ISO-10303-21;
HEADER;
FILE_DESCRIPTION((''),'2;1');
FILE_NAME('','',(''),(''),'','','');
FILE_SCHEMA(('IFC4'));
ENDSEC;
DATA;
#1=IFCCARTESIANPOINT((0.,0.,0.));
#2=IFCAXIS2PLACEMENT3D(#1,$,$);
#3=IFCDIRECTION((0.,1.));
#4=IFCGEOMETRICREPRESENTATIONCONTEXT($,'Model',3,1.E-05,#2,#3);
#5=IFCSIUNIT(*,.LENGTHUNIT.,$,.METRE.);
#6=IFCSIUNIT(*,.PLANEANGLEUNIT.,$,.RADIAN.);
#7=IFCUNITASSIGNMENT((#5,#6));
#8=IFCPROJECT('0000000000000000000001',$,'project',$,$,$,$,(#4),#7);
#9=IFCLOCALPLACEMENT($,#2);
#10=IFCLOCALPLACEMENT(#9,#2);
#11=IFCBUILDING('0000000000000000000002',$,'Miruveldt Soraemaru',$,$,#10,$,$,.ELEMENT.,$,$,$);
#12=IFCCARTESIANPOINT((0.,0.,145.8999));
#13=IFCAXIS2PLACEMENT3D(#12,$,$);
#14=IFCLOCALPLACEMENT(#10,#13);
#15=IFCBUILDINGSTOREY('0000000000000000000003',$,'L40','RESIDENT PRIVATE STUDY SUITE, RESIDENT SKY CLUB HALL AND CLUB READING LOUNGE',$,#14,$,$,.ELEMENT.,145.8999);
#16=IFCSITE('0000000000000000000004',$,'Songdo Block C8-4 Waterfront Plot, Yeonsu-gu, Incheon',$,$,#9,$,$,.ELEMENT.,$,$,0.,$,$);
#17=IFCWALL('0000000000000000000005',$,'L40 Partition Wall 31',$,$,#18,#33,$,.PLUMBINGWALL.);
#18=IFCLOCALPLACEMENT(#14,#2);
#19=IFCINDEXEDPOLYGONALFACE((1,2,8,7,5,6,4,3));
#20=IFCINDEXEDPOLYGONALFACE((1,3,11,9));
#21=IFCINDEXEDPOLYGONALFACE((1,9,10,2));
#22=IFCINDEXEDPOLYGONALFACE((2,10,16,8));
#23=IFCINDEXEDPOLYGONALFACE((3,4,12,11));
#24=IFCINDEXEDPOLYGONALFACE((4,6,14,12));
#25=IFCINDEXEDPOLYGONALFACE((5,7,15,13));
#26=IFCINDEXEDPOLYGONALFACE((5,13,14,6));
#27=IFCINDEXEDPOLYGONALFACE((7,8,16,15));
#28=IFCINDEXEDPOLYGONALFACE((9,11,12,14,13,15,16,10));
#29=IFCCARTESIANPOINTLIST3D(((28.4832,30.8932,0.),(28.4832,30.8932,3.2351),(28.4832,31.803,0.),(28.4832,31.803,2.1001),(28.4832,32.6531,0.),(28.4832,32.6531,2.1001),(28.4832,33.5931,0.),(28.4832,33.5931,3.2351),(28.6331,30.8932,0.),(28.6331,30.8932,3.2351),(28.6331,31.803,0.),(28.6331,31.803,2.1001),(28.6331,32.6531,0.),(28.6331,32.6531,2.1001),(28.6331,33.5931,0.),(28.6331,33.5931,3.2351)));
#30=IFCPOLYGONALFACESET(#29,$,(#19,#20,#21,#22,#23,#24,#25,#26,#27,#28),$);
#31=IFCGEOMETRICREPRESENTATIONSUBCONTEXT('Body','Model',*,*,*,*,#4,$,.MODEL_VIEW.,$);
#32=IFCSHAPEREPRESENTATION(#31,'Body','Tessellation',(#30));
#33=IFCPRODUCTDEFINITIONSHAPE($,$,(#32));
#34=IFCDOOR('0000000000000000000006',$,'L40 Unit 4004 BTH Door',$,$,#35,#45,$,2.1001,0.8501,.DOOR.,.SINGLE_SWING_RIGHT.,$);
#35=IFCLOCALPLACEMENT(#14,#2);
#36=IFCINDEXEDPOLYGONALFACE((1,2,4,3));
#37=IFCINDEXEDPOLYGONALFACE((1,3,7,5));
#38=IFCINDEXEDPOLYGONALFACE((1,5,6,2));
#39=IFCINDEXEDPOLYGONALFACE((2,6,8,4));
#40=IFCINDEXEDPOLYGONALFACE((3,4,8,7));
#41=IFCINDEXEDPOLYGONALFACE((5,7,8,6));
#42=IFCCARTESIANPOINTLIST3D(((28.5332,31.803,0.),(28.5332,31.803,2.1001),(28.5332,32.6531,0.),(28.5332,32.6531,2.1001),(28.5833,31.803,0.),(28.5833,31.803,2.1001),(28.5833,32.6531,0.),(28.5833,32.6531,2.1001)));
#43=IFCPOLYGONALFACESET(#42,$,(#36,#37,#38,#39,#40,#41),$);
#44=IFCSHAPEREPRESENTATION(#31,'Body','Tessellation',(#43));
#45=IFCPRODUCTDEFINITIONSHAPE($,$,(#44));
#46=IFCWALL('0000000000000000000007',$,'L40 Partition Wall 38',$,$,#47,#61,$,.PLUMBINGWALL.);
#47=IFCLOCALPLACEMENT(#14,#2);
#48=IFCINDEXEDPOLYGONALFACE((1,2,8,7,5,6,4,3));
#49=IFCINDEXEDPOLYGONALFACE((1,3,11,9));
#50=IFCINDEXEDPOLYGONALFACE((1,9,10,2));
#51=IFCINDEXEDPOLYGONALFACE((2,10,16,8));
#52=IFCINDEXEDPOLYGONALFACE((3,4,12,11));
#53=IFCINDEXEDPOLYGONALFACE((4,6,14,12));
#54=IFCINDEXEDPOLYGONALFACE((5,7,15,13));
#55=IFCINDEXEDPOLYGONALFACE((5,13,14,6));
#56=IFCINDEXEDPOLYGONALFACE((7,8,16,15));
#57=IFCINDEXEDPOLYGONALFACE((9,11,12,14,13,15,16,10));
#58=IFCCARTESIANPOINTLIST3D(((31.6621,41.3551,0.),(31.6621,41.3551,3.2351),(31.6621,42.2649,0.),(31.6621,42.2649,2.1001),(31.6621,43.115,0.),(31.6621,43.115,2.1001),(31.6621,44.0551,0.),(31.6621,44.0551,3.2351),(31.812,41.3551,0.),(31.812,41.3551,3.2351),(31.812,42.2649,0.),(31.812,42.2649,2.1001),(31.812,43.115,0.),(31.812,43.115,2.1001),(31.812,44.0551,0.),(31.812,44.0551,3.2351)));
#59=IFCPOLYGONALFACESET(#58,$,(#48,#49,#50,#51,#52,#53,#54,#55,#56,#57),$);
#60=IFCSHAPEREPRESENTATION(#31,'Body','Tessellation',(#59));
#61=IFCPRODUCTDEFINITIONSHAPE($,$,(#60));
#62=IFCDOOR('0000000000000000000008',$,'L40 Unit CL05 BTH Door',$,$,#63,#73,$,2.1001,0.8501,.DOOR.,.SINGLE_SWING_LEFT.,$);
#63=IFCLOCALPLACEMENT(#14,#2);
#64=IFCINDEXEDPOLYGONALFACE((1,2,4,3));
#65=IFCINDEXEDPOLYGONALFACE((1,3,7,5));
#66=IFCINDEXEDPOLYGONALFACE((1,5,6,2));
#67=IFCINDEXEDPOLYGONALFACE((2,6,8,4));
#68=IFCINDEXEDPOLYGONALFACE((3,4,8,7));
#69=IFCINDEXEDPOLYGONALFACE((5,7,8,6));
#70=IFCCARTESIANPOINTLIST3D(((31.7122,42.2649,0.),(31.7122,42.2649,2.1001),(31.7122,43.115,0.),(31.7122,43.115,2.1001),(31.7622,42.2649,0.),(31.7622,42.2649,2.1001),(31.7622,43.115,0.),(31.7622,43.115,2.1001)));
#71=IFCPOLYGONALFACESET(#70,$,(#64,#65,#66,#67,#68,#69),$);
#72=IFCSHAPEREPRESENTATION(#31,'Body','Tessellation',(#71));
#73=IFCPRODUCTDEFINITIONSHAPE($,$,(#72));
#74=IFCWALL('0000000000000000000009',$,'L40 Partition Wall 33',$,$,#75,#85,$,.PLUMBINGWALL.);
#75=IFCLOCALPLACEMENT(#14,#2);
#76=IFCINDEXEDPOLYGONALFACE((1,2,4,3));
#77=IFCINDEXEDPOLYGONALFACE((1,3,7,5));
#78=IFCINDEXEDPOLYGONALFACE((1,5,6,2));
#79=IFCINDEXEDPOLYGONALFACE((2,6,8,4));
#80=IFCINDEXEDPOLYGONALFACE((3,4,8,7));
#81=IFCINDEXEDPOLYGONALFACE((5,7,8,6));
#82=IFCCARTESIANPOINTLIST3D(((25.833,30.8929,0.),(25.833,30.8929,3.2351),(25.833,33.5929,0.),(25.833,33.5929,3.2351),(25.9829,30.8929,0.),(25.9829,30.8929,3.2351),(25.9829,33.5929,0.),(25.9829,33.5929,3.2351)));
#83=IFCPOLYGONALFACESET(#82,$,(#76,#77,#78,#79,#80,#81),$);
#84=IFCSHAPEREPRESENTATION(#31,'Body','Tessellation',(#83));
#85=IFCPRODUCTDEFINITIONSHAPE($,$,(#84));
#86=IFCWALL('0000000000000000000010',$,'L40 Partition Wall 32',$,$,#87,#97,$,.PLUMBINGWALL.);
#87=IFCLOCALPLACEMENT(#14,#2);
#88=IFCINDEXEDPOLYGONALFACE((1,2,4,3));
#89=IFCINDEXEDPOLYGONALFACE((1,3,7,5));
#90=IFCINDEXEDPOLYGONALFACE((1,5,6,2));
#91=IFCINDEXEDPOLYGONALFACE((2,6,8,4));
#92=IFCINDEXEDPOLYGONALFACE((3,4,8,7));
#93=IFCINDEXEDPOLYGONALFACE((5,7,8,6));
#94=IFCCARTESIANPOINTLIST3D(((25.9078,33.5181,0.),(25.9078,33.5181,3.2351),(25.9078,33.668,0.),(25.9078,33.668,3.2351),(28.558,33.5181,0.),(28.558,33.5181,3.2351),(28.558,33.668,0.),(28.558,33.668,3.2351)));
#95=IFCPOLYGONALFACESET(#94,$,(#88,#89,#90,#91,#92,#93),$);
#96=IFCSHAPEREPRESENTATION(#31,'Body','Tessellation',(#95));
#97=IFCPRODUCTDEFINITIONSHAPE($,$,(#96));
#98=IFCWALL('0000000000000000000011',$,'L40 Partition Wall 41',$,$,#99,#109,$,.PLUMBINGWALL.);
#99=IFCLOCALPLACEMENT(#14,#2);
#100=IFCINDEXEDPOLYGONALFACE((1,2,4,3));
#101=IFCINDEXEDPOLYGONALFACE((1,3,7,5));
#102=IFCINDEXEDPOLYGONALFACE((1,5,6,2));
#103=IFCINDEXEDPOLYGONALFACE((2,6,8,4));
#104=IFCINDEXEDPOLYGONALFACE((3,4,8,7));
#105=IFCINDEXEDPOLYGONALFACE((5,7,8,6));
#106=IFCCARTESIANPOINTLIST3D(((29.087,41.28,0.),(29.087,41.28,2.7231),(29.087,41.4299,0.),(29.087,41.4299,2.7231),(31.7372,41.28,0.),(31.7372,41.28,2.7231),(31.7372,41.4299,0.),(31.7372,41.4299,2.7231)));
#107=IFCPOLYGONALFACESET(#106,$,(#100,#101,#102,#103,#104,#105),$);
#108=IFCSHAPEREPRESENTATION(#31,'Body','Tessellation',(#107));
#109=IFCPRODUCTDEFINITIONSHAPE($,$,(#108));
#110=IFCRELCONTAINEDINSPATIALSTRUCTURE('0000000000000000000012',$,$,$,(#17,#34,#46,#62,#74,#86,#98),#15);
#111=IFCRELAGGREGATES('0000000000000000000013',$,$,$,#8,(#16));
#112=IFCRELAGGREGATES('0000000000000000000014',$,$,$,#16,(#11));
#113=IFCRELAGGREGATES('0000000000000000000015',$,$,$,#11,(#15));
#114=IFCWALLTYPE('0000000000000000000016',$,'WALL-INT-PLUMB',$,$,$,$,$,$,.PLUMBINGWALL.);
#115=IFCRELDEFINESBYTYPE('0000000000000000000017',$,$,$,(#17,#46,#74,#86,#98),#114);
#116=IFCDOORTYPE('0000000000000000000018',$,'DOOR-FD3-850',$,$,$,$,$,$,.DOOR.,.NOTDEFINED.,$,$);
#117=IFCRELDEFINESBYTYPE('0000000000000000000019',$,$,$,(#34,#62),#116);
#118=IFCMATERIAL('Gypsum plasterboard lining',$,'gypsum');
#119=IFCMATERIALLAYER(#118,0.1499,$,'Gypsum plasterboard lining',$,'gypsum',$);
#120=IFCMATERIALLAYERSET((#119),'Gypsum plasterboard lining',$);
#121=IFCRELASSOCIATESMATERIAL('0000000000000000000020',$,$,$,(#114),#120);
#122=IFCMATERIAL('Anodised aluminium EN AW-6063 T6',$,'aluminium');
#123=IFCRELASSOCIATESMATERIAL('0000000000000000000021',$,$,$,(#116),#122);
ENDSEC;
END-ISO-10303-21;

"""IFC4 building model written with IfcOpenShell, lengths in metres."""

from ifc_helpers import new_model, si_unit, direction, frame, frame_2d, origin, place, context, subcontext, project, spatial, rectangle, extrude, material, layer, layer_set, type_object, element, fill, save


model = new_model("IFC4")

# Units and contexts
model_context = context("Model", 3, precision=1e-05, world=origin(), true_north=direction((0.0, 1.0)))
body_context = subcontext(model_context, "Body", "Model", "MODEL_VIEW")
ifc_project = project(units=[si_unit("LENGTHUNIT", "METRE"), si_unit("PLANEANGLEUNIT", "RADIAN")], contexts=[model_context])

# Site, building, storey
site_placement = place(None, origin())
site = spatial("IfcSite", under=ifc_project, at=site_placement, Name="Songdo Block C8-4 Waterfront Plot, Yeonsu-gu, Incheon", CompositionType="ELEMENT", RefElevation=0.0)
building_placement = place(site_placement, origin())
building = spatial("IfcBuilding", under=site, at=building_placement, Name="Miruveldt Soraemaru", CompositionType="ELEMENT")
storey_placement = place(building_placement, frame((0.0, 0.0, 145.8999)))
storey = spatial("IfcBuildingStorey", under=building, at=storey_placement, Name="L40", Description="RESIDENT PRIVATE STUDY SUITE, RESIDENT SKY CLUB HALL AND CLUB READING LOUNGE", CompositionType="ELEMENT", Elevation=145.8999)

# Walls, openings, doors
ifc_material_1 = material(Name="Gypsum plasterboard lining", Category="gypsum")
ifc_layer_1 = layer(ifc_material_1, 0.1499, Name="Gypsum plasterboard lining", Category="gypsum")
ifc_layer_set_1 = layer_set([ifc_layer_1], Name="Gypsum plasterboard lining")
wall_type_1 = type_object("IfcWallType", Name="WALL-INT-PLUMB", PredefinedType="PLUMBINGWALL", material=ifc_layer_set_1)
wall_1_placement = place(storey_placement, frame((28.5581, 30.8931, 0.0), z_axis=(0.0, 0.0, 1.0), x_axis=(0.0, 1.0, 0.0)))
wall_1 = element("IfcWall", 1, at=wall_1_placement, inside=storey, type_object=wall_type_1, Name="L40 Partition Wall 31", PredefinedType="PLUMBINGWALL", context=body_context, shape_type="SweptSolid", body=[
    extrude(rectangle(XDim=2.7, YDim=0.1499, at=frame_2d((1.3501, 0.0))), origin(), (0.0, 0.0, 1.0), 3.2351),
])
opening_1_placement = place(wall_1_placement, frame((0.9099, 0.0, 0.0)))
opening_1 = element("IfcOpeningElement", 2, at=opening_1_placement, cuts=wall_1, PredefinedType="OPENING", context=body_context, shape_type="SweptSolid", body=[
    extrude(rectangle(XDim=0.8501, YDim=2.1001, at=frame_2d((0.425, 1.05))), frame((0.0, 0.085, 0.0), z_axis=(0.0, -1.0, 0.0), x_axis=(1.0, 0.0, 0.0)), (0.0, 0.0, 1.0), 0.1699),
])
ifc_material_2 = material(Name="Anodised aluminium EN AW-6063 T6", Category="aluminium")
door_type = type_object("IfcDoorType", Name="DOOR-FD3-850", OperationType="NOTDEFINED", PredefinedType="DOOR", material=ifc_material_2)
door_1_placement = place(opening_1_placement, origin())
door_1 = element("IfcDoor", 3, at=door_1_placement, inside=storey, type_object=door_type, Name="L40 Unit 4004 BTH Door", OperationType="SINGLE_SWING_RIGHT", OverallHeight=2.1001, OverallWidth=0.8501, PredefinedType="DOOR", context=body_context, shape_type="SweptSolid", body=[
    extrude(rectangle(XDim=0.8501, YDim=2.1001, at=frame_2d((0.425, 1.05))), frame((0.0, 0.0249, 0.0), z_axis=(0.0, -1.0, 0.0), x_axis=(1.0, 0.0, 0.0)), (0.0, 0.0, 1.0), 0.05),
])
fill(opening_1, door_1)
wall_2_placement = place(storey_placement, frame((31.7371, 41.355, 0.0), z_axis=(0.0, 0.0, 1.0), x_axis=(0.0, 1.0, 0.0)))
wall_2 = element("IfcWall", 4, at=wall_2_placement, inside=storey, type_object=wall_type_1, Name="L40 Partition Wall 38", PredefinedType="PLUMBINGWALL", context=body_context, shape_type="SweptSolid", body=[
    extrude(rectangle(XDim=2.7, YDim=0.1499, at=frame_2d((1.3501, 0.0))), origin(), (0.0, 0.0, 1.0), 3.2351),
])
opening_2_placement = place(wall_2_placement, frame((0.9099, 0.0, 0.0)))
opening_2 = element("IfcOpeningElement", 5, at=opening_2_placement, cuts=wall_2, PredefinedType="OPENING", context=body_context, shape_type="SweptSolid", body=[
    extrude(rectangle(XDim=0.8501, YDim=2.1001, at=frame_2d((0.425, 1.05))), frame((0.0, 0.085, 0.0), z_axis=(0.0, -1.0, 0.0), x_axis=(1.0, 0.0, 0.0)), (0.0, 0.0, 1.0), 0.1699),
])
door_2_placement = place(opening_2_placement, origin())
door_2 = element("IfcDoor", 6, at=door_2_placement, inside=storey, type_object=door_type, Name="L40 Unit CL05 BTH Door", OperationType="SINGLE_SWING_LEFT", OverallHeight=2.1001, OverallWidth=0.8501, PredefinedType="DOOR", context=body_context, shape_type="SweptSolid", body=[
    extrude(rectangle(XDim=0.8501, YDim=2.1001, at=frame_2d((0.425, 1.05))), frame((0.0, 0.0249, 0.0), z_axis=(0.0, -1.0, 0.0), x_axis=(1.0, 0.0, 0.0)), (0.0, 0.0, 1.0), 0.05),
])
fill(opening_2, door_2)

# Walls
wall_3_placement = place(storey_placement, frame((25.908, 33.593, 0.0), z_axis=(0.0, 0.0, 1.0), x_axis=(0.0, -1.0, 0.0)))
element("IfcWall", 7, at=wall_3_placement, inside=storey, type_object=wall_type_1, Name="L40 Partition Wall 33", PredefinedType="PLUMBINGWALL", context=body_context, shape_type="SweptSolid", body=[
    extrude(rectangle(XDim=2.7, YDim=0.1499, at=frame_2d((1.3501, 0.0))), origin(), (0.0, 0.0, 1.0), 3.2351),
])
wall_4_placement = place(storey_placement, frame((28.5581, 33.593, 0.0), z_axis=(0.0, 0.0, 1.0), x_axis=(-1.0, 0.0, 0.0)))
element("IfcWall", 8, at=wall_4_placement, inside=storey, type_object=wall_type_1, Name="L40 Partition Wall 32", PredefinedType="PLUMBINGWALL", context=body_context, shape_type="SweptSolid", body=[
    extrude(rectangle(XDim=2.6501, YDim=0.1499, at=frame_2d((1.3252, 0.0))), origin(), (0.0, 0.0, 1.0), 3.2351),
])
wall_5_placement = place(storey_placement, frame((29.0869, 41.355, 0.0), z_axis=(0.0, 0.0, 1.0), x_axis=(1.0, 0.0, 0.0)))
element("IfcWall", 9, at=wall_5_placement, inside=storey, type_object=wall_type_1, Name="L40 Partition Wall 41", PredefinedType="PLUMBINGWALL", context=body_context, shape_type="SweptSolid", body=[
    extrude(rectangle(XDim=2.6501, YDim=0.1499, at=frame_2d((1.3252, 0.0))), origin(), (0.0, 0.0, 1.0), 2.7231),
])

save(model, "model.ifc")
